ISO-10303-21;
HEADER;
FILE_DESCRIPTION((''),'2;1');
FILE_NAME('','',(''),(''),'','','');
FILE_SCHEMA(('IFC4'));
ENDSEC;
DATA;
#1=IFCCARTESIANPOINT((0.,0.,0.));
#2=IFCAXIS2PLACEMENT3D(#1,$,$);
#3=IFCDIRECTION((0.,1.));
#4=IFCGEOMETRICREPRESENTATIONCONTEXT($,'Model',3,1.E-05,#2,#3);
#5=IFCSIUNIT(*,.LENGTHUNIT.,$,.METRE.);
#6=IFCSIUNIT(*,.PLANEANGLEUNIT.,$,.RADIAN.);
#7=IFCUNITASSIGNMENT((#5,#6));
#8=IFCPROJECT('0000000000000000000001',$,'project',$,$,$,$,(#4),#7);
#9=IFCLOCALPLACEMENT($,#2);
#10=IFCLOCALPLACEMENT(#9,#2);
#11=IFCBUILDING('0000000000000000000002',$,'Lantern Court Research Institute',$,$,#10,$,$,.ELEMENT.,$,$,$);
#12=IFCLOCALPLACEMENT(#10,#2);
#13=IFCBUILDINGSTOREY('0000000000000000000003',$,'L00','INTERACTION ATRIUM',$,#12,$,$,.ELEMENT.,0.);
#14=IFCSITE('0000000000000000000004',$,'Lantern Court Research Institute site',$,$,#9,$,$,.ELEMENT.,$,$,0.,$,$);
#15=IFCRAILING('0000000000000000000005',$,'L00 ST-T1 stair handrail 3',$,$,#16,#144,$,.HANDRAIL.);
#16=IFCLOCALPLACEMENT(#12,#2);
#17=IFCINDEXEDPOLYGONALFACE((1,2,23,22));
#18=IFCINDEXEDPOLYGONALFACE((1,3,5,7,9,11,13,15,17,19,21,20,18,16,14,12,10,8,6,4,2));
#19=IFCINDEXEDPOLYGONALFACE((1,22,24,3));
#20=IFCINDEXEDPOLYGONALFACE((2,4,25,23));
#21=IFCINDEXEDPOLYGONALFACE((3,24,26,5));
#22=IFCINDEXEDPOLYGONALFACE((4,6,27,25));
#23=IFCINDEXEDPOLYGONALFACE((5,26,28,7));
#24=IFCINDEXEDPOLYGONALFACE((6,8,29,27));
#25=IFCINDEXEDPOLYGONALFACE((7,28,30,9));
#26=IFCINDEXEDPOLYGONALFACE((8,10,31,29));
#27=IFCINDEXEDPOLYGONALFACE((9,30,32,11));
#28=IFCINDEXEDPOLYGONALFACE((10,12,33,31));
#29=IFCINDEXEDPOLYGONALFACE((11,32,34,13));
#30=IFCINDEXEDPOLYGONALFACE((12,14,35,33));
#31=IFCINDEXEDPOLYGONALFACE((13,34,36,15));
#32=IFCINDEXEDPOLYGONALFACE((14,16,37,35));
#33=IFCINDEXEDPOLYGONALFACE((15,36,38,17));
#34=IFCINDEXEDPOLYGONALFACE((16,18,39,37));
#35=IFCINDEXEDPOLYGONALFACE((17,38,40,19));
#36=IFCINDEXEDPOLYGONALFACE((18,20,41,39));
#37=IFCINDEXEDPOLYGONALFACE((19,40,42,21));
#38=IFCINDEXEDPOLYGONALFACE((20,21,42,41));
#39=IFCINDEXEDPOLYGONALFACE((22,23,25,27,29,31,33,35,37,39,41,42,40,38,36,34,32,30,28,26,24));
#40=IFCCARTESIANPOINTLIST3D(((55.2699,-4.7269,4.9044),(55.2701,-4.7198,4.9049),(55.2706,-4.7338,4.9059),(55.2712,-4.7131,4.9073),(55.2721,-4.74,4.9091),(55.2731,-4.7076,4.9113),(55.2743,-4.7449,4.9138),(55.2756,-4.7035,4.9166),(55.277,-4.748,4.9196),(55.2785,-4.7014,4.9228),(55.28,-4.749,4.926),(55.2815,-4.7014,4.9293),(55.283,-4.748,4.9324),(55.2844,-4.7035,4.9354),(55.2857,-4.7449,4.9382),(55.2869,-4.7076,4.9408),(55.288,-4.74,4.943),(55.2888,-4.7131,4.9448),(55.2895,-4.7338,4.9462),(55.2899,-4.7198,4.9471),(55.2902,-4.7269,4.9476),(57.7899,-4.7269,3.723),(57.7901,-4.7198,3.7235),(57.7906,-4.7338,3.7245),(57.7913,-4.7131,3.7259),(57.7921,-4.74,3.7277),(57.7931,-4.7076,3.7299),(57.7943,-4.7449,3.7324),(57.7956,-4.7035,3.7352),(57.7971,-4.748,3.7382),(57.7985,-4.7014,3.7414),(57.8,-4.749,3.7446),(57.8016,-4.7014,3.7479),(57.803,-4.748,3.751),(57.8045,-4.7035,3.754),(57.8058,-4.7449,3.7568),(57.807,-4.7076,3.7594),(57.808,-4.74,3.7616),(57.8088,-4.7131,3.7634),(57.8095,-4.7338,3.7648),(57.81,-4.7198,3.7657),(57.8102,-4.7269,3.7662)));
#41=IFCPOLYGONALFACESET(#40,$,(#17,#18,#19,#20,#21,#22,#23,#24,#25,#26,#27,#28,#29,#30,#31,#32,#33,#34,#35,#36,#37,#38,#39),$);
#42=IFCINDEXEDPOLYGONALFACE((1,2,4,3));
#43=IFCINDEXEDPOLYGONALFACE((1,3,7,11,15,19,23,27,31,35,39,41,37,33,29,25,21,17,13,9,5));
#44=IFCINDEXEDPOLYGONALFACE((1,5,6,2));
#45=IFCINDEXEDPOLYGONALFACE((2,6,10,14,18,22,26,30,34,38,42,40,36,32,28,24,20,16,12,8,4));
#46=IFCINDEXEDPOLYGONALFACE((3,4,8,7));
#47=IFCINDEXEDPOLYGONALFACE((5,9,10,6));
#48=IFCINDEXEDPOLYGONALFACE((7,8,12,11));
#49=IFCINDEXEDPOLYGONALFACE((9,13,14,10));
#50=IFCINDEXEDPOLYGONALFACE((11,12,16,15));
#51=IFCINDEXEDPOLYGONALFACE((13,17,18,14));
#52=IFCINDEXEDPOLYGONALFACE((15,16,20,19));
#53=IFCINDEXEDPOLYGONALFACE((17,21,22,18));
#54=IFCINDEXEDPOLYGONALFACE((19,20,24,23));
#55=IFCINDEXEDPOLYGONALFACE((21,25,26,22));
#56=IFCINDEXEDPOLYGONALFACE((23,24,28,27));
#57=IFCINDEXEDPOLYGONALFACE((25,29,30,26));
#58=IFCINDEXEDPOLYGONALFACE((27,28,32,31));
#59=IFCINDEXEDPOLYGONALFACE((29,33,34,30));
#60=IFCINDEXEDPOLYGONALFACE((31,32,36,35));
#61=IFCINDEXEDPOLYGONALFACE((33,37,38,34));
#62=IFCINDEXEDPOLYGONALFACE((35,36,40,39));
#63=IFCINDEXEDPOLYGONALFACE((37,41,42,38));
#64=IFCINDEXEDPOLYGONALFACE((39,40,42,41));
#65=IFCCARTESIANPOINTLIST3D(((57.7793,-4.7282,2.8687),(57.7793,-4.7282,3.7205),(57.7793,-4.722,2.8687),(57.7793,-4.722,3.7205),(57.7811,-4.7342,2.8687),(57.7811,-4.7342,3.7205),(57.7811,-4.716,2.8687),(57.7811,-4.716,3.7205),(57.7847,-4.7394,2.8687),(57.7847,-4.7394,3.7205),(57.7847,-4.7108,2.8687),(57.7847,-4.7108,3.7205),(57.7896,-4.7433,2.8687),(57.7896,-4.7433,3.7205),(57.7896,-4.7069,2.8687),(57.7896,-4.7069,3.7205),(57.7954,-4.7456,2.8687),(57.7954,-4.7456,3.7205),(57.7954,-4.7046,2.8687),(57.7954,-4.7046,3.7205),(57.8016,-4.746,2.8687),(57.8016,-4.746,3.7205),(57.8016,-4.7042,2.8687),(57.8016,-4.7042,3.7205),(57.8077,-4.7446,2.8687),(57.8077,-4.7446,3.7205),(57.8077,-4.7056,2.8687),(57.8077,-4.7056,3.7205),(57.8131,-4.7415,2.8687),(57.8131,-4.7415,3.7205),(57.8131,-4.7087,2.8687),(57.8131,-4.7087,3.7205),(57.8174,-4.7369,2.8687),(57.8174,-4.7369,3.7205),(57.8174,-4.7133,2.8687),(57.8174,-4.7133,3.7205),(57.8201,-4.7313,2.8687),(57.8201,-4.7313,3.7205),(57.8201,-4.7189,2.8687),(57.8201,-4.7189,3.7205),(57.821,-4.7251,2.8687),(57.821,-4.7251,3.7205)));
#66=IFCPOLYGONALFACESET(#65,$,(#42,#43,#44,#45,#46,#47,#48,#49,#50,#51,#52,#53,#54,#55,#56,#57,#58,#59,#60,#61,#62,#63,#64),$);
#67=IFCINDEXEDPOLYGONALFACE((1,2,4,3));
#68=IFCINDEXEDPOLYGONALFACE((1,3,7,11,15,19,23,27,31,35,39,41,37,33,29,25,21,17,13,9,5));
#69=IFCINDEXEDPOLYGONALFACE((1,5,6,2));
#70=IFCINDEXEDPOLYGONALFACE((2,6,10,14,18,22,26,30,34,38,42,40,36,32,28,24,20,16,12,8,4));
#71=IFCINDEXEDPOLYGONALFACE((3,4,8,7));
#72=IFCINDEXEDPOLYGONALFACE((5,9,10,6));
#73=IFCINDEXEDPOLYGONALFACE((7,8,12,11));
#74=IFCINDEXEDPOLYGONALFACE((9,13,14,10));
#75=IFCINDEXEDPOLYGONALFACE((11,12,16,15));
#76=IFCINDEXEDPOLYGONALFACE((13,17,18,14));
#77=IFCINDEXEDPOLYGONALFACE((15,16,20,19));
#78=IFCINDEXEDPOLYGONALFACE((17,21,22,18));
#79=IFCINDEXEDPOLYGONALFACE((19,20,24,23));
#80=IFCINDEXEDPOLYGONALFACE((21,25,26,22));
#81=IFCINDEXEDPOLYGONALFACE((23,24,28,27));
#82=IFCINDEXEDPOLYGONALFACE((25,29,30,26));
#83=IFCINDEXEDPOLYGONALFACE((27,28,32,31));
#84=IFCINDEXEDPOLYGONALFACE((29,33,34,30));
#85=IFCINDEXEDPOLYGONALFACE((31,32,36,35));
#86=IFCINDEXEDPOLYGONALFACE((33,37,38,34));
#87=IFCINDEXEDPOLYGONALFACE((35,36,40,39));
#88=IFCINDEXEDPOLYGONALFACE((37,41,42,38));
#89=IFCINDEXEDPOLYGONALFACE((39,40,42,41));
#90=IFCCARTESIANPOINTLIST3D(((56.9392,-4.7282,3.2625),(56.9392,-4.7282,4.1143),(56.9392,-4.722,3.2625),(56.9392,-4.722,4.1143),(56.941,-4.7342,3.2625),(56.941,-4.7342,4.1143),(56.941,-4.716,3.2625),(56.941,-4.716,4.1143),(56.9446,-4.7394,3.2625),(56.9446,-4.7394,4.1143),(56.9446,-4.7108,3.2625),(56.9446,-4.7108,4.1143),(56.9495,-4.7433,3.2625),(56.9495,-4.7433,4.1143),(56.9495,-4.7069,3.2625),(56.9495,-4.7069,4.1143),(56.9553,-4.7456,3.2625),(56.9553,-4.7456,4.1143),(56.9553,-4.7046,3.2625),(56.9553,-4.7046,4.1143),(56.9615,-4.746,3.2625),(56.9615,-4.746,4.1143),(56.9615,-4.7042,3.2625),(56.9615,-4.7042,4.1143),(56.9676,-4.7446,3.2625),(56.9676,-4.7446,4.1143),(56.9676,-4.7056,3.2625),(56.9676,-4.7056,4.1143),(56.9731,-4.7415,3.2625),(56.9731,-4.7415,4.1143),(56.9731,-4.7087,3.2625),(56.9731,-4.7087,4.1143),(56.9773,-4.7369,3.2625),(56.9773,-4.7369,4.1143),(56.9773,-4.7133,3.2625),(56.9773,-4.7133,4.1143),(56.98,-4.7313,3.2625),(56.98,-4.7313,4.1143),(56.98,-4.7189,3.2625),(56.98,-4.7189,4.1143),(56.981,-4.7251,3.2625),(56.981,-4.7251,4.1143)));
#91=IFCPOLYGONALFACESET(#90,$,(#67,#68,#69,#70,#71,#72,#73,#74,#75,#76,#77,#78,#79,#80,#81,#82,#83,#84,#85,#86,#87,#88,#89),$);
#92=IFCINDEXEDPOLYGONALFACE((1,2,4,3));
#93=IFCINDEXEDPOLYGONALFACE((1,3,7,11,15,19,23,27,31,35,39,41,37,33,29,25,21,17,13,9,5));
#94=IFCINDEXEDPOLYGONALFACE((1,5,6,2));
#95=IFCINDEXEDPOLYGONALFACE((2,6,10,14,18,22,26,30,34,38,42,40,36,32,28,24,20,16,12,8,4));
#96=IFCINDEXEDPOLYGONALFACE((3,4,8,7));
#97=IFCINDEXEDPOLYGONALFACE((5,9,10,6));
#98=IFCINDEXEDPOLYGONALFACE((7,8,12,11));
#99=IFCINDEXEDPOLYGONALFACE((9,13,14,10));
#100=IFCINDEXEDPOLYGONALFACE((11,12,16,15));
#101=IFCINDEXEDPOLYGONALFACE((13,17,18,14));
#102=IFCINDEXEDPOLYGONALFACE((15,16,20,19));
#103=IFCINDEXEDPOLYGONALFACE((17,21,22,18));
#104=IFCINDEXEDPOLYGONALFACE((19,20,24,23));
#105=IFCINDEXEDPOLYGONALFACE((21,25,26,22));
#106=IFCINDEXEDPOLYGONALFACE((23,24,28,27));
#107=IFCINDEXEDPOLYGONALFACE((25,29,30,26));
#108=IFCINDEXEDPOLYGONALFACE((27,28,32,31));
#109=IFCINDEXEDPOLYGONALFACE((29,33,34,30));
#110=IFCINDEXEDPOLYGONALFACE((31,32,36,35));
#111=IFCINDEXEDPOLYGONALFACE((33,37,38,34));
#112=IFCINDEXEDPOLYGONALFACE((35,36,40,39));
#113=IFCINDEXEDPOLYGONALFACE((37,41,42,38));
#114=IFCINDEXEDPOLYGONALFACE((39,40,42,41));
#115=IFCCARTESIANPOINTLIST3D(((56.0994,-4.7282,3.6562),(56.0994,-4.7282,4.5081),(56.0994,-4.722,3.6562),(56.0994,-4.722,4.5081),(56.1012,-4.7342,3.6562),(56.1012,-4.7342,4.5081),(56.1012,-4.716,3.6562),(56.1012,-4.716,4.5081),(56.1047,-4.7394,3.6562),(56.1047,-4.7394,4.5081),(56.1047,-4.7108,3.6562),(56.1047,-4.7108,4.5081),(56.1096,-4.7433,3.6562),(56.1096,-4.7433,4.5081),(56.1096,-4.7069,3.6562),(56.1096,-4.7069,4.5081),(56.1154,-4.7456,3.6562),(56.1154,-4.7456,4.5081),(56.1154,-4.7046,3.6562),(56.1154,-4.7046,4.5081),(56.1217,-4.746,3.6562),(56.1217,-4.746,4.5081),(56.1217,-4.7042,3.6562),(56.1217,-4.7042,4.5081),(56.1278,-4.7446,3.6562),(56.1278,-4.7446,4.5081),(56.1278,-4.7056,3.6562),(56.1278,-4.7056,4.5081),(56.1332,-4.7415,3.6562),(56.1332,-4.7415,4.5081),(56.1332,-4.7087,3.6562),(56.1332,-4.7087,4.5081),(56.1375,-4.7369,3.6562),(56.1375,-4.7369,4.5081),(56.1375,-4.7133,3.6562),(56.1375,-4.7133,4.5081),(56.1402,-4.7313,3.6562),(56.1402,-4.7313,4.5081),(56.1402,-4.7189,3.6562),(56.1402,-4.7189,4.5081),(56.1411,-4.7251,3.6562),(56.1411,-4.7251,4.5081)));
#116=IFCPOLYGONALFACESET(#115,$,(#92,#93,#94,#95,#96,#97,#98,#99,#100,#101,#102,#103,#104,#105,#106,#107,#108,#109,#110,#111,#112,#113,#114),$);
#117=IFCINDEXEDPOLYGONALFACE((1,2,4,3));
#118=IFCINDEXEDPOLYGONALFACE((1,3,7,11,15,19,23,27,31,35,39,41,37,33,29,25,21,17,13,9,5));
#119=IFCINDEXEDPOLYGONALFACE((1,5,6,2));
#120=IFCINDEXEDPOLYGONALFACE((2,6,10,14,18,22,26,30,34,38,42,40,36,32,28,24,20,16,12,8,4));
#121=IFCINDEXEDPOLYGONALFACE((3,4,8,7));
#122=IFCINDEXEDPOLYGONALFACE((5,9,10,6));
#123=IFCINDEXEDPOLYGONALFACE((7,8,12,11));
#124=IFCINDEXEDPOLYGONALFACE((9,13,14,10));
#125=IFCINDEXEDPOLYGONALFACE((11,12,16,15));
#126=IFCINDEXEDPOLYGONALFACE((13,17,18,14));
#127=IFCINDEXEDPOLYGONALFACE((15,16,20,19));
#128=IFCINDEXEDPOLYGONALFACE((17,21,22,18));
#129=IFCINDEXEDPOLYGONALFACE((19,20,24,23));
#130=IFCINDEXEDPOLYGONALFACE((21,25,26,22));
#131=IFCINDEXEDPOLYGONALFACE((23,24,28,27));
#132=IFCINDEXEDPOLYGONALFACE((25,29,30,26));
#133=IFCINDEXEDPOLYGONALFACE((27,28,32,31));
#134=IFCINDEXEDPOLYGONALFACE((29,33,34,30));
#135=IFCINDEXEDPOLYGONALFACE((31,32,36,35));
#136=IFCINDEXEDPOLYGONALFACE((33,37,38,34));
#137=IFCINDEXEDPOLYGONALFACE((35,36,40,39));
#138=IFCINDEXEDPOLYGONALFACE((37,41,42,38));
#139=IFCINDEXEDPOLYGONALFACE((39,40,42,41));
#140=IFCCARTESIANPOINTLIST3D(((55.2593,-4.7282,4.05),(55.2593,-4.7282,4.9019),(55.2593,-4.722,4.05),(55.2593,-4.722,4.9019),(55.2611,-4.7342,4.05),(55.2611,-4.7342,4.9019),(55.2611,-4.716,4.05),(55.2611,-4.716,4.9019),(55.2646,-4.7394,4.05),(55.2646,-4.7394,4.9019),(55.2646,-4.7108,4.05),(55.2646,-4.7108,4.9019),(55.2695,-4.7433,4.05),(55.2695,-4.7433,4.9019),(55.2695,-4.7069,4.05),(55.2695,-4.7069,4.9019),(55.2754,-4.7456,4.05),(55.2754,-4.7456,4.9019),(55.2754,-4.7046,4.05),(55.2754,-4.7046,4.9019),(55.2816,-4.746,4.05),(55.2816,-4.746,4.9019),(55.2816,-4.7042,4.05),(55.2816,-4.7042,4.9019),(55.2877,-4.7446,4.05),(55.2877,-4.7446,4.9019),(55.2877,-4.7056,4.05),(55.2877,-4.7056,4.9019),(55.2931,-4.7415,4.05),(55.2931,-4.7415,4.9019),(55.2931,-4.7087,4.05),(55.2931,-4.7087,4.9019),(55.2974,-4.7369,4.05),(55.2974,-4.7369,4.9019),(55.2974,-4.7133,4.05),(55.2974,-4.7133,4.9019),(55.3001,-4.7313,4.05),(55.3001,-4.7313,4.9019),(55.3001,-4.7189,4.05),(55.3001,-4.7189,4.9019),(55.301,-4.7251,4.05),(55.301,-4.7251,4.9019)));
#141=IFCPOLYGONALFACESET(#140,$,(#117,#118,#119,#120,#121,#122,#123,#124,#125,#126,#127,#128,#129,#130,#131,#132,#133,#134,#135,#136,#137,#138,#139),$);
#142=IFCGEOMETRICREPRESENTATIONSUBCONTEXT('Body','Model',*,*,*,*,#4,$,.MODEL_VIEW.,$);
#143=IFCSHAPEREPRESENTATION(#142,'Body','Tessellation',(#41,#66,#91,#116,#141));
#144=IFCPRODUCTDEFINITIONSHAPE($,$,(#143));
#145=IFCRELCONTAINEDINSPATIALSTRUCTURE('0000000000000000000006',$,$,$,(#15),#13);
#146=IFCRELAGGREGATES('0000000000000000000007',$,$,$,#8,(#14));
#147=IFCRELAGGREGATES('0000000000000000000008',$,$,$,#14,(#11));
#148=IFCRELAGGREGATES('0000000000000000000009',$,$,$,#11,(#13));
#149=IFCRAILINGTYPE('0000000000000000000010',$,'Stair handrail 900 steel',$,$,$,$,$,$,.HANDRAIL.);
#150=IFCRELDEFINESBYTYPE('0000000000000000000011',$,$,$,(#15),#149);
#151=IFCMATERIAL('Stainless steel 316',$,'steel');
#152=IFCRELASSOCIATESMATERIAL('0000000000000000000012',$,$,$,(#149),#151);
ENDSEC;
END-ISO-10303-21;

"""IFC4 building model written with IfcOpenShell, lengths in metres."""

from ifc_helpers import new_model, si_unit, direction, frame, origin, origin_2d, place, context, subcontext, project, spatial, circle, extrude, material, type_object, element, save


model = new_model("IFC4")

# Units and contexts
model_context = context("Model", 3, precision=1e-05, world=origin(), true_north=direction((0.0, 1.0)))
body_context = subcontext(model_context, "Body", "Model", "MODEL_VIEW")
ifc_project = project(units=[si_unit("LENGTHUNIT", "METRE"), si_unit("PLANEANGLEUNIT", "RADIAN")], contexts=[model_context])

# Site, building, storey
site_placement = place(None, origin())
site = spatial("IfcSite", under=ifc_project, at=site_placement, Name="Lantern Court Research Institute site", CompositionType="ELEMENT", RefElevation=0.0)
building_placement = place(site_placement, origin())
building = spatial("IfcBuilding", under=site, at=building_placement, Name="Lantern Court Research Institute", CompositionType="ELEMENT")
storey_placement = place(building_placement, origin())
storey = spatial("IfcBuildingStorey", under=building, at=storey_placement, Name="L00", Description="INTERACTION ATRIUM", CompositionType="ELEMENT", Elevation=0.0)

# Railing
ifc_material_1 = material(Name="Stainless steel 316", Category="steel")
railing_type_1 = type_object("IfcRailingType", Name="Stair handrail 900 steel", PredefinedType="HANDRAIL", material=ifc_material_1)
for number, where, name in (
    (1, (57.8, -4.7251, 2.8687), "L00 ST-T1 stair handrail 3"),
):
    element("IfcRailing", number, at=place(storey_placement, frame(where)), inside=storey, type_object=railing_type_1, Name=name, PredefinedType="HANDRAIL", context=body_context, shape_type="SweptSolid", body=[
        extrude(circle(Radius=0.0239, at=origin_2d()), frame((0.0, 0.0, 0.876), z_axis=(-0.90544, 0.0, 0.424474), x_axis=(0.0, -1.0, 0.0)), (0.0, 0.0, 1.0), 2.7832),
        extrude(circle(Radius=0.021, at=origin_2d()), origin(), (0.0, 0.0, 1.0), 0.8518),
        extrude(circle(Radius=0.021, at=origin_2d()), frame((-0.8401, 0.0, 0.3938)), (0.0, 0.0, 1.0), 0.8518),
        extrude(circle(Radius=0.021, at=origin_2d()), frame((-1.6799, 0.0, 0.7876)), (0.0, 0.0, 1.0), 0.8518),
        extrude(circle(Radius=0.021, at=origin_2d()), frame((-2.52, 0.0, 1.1814)), (0.0, 0.0, 1.0), 0.8518),
    ])

save(model, "model.ifc")
